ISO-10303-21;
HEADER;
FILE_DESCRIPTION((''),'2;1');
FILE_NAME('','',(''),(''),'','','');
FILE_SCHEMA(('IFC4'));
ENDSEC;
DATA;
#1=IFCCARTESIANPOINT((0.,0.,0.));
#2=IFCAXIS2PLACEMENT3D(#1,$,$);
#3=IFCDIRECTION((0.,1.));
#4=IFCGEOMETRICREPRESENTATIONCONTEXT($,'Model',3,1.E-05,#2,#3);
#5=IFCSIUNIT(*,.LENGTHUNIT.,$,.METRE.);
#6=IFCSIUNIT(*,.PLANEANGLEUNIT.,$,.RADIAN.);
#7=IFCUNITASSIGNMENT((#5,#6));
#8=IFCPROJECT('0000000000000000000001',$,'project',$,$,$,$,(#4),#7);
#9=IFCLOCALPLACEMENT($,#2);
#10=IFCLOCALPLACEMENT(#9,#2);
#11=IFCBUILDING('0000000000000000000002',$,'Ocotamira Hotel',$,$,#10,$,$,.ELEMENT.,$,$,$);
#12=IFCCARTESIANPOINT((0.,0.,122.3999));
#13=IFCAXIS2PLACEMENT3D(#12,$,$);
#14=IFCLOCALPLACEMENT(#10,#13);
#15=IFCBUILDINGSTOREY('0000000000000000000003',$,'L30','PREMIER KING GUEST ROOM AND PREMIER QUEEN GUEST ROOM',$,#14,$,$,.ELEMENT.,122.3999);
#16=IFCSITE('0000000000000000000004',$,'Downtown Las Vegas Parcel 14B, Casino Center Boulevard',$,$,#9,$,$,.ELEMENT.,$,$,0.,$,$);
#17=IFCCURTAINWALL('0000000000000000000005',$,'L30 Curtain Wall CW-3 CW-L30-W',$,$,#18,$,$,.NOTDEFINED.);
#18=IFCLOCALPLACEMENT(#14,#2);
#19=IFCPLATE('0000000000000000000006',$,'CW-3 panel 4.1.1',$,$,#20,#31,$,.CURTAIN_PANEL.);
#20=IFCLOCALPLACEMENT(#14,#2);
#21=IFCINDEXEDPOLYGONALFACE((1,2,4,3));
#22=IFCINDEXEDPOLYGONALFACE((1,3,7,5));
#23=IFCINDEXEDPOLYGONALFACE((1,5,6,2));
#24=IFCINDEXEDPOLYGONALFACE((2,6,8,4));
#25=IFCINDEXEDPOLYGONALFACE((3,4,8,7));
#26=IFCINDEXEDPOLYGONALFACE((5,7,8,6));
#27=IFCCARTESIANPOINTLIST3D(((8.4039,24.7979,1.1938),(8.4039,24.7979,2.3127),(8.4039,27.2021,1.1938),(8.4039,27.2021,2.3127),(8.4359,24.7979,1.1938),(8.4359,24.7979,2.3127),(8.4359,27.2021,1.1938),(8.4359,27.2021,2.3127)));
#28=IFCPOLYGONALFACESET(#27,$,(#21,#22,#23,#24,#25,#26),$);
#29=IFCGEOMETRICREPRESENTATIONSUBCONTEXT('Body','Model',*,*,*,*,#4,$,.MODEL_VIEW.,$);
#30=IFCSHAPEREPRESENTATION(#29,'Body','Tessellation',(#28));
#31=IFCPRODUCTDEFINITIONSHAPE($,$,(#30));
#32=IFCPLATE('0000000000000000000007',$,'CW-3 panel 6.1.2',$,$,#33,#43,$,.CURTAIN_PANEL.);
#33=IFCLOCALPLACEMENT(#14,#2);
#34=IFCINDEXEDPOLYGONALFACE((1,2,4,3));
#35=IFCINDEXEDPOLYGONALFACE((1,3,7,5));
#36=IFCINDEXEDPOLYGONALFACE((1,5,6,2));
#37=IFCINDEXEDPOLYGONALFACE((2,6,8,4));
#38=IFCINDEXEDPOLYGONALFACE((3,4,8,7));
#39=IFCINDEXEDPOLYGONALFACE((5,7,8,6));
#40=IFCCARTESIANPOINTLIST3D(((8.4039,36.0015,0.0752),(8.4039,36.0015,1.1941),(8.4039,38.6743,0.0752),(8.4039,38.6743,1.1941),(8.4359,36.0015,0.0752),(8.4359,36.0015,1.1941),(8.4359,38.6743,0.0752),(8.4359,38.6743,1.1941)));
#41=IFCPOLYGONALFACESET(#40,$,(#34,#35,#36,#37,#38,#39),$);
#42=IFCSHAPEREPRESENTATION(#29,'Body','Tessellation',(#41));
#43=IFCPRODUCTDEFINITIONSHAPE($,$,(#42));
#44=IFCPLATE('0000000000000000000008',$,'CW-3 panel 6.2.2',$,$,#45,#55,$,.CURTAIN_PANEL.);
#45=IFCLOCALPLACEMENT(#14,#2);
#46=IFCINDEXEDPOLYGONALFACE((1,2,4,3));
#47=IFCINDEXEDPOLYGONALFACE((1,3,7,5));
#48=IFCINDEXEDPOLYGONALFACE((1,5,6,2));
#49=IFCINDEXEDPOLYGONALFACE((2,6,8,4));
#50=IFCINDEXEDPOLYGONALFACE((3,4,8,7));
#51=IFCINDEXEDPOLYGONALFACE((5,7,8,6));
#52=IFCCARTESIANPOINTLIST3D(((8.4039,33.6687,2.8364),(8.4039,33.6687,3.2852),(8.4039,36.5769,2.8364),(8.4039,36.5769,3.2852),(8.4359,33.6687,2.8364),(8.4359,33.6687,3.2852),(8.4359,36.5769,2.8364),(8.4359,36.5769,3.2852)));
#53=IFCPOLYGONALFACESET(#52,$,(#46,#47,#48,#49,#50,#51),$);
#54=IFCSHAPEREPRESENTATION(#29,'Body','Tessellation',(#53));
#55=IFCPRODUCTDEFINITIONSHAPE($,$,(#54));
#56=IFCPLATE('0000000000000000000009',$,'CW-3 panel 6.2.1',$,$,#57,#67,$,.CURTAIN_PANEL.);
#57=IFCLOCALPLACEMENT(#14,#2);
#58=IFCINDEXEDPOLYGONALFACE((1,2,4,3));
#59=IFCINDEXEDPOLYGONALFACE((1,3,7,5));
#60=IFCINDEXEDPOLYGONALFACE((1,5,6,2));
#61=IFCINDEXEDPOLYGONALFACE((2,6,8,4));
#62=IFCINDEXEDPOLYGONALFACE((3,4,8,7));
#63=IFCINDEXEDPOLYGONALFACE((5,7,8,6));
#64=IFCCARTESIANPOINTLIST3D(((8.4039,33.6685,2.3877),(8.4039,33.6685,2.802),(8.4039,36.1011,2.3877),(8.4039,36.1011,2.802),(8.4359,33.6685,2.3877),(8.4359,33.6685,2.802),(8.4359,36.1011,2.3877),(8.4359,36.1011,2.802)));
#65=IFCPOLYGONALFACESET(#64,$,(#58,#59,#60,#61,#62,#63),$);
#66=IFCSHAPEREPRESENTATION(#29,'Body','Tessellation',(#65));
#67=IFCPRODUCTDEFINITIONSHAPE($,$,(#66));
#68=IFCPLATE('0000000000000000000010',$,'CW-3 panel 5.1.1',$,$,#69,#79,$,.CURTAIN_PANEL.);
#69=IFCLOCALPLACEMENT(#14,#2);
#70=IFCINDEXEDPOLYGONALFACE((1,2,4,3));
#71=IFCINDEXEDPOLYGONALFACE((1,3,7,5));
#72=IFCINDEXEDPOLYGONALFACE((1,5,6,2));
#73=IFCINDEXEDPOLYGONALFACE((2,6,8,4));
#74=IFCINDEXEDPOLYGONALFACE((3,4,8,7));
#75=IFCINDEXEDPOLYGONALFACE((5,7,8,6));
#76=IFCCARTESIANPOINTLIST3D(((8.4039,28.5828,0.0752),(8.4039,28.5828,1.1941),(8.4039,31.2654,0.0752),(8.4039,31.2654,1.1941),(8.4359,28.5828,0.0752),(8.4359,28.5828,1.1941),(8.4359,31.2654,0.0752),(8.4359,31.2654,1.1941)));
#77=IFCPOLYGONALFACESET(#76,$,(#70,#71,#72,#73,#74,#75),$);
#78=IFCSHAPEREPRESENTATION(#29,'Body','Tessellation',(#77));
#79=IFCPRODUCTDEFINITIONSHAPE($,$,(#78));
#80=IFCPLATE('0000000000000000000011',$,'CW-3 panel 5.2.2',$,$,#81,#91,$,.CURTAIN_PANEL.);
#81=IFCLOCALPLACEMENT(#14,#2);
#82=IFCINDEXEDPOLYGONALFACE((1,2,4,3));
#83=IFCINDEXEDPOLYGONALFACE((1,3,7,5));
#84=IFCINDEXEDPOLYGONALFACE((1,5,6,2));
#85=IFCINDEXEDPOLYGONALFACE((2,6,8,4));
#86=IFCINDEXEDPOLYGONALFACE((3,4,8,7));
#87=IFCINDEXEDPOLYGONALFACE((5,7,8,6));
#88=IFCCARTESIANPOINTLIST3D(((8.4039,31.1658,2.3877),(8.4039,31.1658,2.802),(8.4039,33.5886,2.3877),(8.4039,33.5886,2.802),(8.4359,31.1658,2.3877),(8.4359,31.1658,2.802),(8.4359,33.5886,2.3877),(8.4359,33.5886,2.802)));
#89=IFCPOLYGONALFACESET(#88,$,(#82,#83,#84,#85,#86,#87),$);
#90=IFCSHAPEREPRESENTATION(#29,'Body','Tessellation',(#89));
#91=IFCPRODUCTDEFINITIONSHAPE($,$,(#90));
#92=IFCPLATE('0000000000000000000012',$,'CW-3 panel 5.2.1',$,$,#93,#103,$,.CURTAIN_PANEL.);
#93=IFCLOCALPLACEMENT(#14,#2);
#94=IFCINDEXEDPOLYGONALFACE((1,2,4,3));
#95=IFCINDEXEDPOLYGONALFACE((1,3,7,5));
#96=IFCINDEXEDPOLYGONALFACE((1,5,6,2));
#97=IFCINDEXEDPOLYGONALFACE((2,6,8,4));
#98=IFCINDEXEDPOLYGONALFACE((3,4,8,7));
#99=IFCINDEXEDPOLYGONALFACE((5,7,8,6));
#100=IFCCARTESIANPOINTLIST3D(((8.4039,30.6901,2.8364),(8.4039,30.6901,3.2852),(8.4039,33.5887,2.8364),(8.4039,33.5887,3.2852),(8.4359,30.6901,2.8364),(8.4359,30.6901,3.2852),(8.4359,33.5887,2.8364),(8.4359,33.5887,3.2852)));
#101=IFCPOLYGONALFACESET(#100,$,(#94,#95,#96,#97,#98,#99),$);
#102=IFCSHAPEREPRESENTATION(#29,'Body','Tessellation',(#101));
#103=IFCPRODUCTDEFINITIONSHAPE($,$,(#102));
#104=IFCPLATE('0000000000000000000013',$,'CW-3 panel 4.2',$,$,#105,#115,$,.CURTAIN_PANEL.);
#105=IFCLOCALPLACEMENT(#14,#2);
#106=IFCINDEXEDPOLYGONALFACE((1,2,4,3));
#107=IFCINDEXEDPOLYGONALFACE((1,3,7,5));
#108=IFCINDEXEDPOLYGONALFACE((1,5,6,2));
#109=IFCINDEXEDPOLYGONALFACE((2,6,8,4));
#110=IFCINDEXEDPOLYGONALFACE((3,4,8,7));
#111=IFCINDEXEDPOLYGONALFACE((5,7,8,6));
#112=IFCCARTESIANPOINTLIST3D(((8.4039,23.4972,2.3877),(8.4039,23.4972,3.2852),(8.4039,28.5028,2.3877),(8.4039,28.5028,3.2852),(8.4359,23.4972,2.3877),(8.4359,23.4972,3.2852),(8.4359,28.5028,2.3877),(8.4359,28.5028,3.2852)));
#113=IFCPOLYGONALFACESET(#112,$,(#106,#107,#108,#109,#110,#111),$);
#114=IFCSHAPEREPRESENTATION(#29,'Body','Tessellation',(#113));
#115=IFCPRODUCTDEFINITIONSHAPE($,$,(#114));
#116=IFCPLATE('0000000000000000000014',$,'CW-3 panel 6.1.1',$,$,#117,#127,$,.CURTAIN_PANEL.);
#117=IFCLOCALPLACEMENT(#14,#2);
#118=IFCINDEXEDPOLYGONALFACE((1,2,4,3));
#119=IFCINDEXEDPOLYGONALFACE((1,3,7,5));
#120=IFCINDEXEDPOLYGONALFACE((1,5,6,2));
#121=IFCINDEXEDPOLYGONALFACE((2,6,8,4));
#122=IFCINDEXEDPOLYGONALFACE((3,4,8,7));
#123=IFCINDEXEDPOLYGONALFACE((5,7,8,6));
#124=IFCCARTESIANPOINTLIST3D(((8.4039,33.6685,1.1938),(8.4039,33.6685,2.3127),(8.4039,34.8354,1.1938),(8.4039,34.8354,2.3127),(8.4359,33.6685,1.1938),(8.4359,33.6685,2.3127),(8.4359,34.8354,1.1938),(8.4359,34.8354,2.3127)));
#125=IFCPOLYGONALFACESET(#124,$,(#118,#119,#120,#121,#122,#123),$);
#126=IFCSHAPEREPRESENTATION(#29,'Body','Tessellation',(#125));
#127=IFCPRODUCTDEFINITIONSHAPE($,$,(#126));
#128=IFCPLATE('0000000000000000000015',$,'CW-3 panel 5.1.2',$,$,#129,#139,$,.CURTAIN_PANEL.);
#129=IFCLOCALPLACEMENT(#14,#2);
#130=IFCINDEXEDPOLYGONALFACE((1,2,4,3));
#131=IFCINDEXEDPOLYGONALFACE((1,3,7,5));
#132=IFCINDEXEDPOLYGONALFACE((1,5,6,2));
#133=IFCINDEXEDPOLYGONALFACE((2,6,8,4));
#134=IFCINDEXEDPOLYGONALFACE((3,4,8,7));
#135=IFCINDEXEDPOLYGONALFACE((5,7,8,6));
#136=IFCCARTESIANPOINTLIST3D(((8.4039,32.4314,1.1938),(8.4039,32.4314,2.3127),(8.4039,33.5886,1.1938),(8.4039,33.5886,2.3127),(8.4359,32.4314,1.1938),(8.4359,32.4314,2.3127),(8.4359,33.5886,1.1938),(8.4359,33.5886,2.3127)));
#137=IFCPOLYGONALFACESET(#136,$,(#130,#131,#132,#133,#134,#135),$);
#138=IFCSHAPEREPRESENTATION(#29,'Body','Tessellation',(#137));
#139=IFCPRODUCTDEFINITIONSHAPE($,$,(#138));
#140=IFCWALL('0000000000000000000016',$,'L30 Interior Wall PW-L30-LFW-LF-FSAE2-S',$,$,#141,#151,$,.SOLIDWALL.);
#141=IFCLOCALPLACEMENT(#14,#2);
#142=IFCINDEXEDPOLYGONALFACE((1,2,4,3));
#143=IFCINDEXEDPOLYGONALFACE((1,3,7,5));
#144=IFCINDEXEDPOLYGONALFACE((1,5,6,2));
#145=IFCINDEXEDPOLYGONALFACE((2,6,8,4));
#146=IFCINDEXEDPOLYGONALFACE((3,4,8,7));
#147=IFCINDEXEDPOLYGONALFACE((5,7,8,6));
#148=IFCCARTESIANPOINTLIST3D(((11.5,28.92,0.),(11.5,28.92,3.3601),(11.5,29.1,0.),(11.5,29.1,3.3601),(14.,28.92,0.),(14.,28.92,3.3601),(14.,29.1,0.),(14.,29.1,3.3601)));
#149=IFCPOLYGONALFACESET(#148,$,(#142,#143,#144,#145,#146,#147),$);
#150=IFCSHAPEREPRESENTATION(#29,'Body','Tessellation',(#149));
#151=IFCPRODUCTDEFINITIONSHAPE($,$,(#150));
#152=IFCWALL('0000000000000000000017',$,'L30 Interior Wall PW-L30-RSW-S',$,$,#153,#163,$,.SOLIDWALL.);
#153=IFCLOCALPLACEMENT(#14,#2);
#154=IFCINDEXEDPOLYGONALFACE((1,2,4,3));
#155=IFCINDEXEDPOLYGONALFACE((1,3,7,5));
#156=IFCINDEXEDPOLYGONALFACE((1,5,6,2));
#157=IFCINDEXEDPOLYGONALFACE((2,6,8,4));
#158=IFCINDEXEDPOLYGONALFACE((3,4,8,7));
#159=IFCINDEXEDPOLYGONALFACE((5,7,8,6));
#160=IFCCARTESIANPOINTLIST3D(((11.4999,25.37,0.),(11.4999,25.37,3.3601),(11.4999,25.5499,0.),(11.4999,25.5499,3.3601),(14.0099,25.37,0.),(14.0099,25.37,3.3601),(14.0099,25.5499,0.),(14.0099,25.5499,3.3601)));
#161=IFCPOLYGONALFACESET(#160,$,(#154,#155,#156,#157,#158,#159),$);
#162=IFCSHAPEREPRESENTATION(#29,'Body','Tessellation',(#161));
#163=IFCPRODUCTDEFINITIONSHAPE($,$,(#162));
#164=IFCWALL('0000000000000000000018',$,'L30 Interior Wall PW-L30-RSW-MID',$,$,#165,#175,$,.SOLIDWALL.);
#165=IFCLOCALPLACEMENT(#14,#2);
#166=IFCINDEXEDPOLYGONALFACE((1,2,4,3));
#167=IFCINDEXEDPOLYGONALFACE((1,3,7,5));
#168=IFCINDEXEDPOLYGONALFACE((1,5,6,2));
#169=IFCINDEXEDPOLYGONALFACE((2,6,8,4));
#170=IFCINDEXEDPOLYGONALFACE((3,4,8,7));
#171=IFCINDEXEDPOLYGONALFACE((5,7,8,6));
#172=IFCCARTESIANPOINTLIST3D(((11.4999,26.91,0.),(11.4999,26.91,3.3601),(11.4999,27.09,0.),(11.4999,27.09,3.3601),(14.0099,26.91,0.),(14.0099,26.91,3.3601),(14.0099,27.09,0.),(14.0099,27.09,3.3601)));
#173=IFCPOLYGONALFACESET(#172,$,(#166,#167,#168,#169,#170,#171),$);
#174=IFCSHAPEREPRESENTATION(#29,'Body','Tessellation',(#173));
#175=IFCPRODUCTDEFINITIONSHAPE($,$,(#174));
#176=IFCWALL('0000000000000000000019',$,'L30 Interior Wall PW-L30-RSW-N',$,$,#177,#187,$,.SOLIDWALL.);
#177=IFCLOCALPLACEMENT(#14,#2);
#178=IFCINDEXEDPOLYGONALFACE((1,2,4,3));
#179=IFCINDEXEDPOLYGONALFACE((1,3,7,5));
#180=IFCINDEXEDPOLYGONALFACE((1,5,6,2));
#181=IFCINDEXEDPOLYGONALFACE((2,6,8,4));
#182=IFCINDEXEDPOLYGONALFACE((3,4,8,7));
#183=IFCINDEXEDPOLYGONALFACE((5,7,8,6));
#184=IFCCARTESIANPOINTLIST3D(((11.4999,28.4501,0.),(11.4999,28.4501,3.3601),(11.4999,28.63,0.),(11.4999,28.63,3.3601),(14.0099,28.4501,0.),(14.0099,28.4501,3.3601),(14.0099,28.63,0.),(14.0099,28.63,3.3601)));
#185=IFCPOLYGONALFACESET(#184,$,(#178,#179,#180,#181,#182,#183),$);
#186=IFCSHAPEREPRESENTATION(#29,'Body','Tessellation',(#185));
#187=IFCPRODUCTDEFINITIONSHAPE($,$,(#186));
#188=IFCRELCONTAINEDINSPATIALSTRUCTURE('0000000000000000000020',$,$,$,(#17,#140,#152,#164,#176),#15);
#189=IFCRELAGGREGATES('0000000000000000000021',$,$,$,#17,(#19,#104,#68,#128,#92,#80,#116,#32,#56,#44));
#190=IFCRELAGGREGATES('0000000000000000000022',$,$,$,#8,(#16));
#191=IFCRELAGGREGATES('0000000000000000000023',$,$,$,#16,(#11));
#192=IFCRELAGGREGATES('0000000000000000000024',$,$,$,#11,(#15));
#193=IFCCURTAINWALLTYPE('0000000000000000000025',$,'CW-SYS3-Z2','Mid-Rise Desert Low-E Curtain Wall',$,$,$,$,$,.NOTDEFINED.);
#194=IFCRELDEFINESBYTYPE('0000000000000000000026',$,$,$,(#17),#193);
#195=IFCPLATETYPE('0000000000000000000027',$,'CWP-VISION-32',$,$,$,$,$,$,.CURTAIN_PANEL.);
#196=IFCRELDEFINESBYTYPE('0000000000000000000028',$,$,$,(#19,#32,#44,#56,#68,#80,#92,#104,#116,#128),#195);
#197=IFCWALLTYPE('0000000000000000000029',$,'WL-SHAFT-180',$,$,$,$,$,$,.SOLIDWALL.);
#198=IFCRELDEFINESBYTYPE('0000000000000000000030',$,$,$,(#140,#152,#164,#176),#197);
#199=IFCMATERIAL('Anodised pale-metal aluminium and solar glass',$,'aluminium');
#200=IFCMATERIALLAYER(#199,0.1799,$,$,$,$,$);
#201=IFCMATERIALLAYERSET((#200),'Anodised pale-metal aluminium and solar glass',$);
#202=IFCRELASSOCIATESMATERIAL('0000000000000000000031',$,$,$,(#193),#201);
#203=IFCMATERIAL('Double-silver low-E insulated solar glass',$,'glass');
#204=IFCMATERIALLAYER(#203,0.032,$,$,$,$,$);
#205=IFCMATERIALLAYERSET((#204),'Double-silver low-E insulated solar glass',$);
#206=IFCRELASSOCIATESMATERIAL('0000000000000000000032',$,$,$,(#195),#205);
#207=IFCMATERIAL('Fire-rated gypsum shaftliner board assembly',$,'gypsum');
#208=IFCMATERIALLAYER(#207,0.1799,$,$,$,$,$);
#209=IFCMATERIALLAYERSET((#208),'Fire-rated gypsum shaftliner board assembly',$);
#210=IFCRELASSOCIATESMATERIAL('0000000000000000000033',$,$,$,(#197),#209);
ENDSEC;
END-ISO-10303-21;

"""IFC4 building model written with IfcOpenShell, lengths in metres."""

from ifc_helpers import new_model, si_unit, direction, frame, frame_2d, origin, origin_2d, place, context, subcontext, project, spatial, rectangle, extrude, source, transform, mapped, material, layer, layer_set, type_object, element, aggregate, save


model = new_model("IFC4")

# Units and contexts
model_context = context("Model", 3, precision=1e-05, world=origin(), true_north=direction((0.0, 1.0)))
body_context = subcontext(model_context, "Body", "Model", "MODEL_VIEW")
ifc_project = project(units=[si_unit("LENGTHUNIT", "METRE"), si_unit("PLANEANGLEUNIT", "RADIAN")], contexts=[model_context])

# Site, building, storey
site_placement = place(None, origin())
site = spatial("IfcSite", under=ifc_project, at=site_placement, Name="Downtown Las Vegas Parcel 14B, Casino Center Boulevard", CompositionType="ELEMENT", RefElevation=0.0)
building_placement = place(site_placement, origin())
building = spatial("IfcBuilding", under=site, at=building_placement, Name="Ocotamira Hotel", CompositionType="ELEMENT")
storey_placement = place(building_placement, frame((0.0, 0.0, 122.3999)))
storey = spatial("IfcBuildingStorey", under=building, at=storey_placement, Name="L30", Description="PREMIER KING GUEST ROOM AND PREMIER QUEEN GUEST ROOM", CompositionType="ELEMENT", Elevation=122.3999)

# Curtain wall
ifc_material_1 = material(Name="Anodised pale-metal aluminium and solar glass", Category="aluminium")
ifc_layer_1 = layer(ifc_material_1, 0.1799)
ifc_layer_set_1 = layer_set([ifc_layer_1], Name="Anodised pale-metal aluminium and solar glass")
curtain_wall_type = type_object("IfcCurtainWallType", Name="CW-SYS3-Z2", Description="Mid-Rise Desert Low-E Curtain Wall", PredefinedType="NOTDEFINED", material=ifc_layer_set_1)
curtain_wall_placement = place(storey_placement, origin())
curtain_wall = element("IfcCurtainWall", 1, at=curtain_wall_placement, inside=storey, type_object=curtain_wall_type, Name="L30 Curtain Wall CW-3 CW-L30-W", PredefinedType="NOTDEFINED")

# Plates
ifc_material_2 = material(Name="Double-silver low-E insulated solar glass", Category="glass")
ifc_layer_2 = layer(ifc_material_2, 0.032)
ifc_layer_set_2 = layer_set([ifc_layer_2], Name="Double-silver low-E insulated solar glass")
plate_type_1 = type_object("IfcPlateType", Name="CWP-VISION-32", PredefinedType="CURTAIN_PANEL", material=ifc_layer_set_2)
shared_shape_1 = source(origin(), body_context, "Body", "SweptSolid", [
    extrude(rectangle(XDim=2.4043, YDim=0.032, at=origin_2d()), origin(), (0.0, 0.0, 1.0), 1.1189),
])
plate_1_placement = place(storey_placement, frame((8.4199, 26.0, 1.1938), z_axis=(0.0, 0.0, 1.0), x_axis=(0.0, 1.0, 0.0)))
plate_1 = element("IfcPlate", 2, at=plate_1_placement, type_object=plate_type_1, Name="CW-3 panel 4.1.1", PredefinedType="CURTAIN_PANEL", context=body_context, shape_type="MappedRepresentation", body=[
    mapped(shared_shape_1, transform((0.0, 0.0, 0.0), scale=1.0)),
])
shared_shape_2 = source(origin(), body_context, "Body", "SweptSolid", [
    extrude(rectangle(XDim=2.6729, YDim=0.032, at=origin_2d()), origin(), (0.0, 0.0, 1.0), 1.1189),
])
plate_2_placement = place(storey_placement, frame((8.4199, 37.3379, 0.0752), z_axis=(0.0, 0.0, 1.0), x_axis=(0.0, 1.0, 0.0)))
plate_2 = element("IfcPlate", 3, at=plate_2_placement, type_object=plate_type_1, Name="CW-3 panel 6.1.2", PredefinedType="CURTAIN_PANEL", context=body_context, shape_type="MappedRepresentation", body=[
    mapped(shared_shape_2, transform((0.0, 0.0, 0.0), scale=1.0)),
])
shared_shape_3 = source(origin(), body_context, "Body", "SweptSolid", [
    extrude(rectangle(XDim=2.9082, YDim=0.032, at=origin_2d()), origin(), (0.0, 0.0, 1.0), 0.4487),
])
plate_3_placement = place(storey_placement, frame((8.4199, 35.1228, 2.8364), z_axis=(0.0, 0.0, 1.0), x_axis=(0.0, 1.0, 0.0)))
plate_3 = element("IfcPlate", 4, at=plate_3_placement, type_object=plate_type_1, Name="CW-3 panel 6.2.2", PredefinedType="CURTAIN_PANEL", context=body_context, shape_type="MappedRepresentation", body=[
    mapped(shared_shape_3, transform((0.0, 0.0, 0.0), scale=1.0)),
])
shared_shape_4 = source(origin(), body_context, "Body", "SweptSolid", [
    extrude(rectangle(XDim=2.4326, YDim=0.032, at=origin_2d()), origin(), (0.0, 0.0, 1.0), 0.4143),
])
plate_4_placement = place(storey_placement, frame((8.4199, 34.8848, 2.3877), z_axis=(0.0, 0.0, 1.0), x_axis=(0.0, 1.0, 0.0)))
plate_4 = element("IfcPlate", 5, at=plate_4_placement, type_object=plate_type_1, Name="CW-3 panel 6.2.1", PredefinedType="CURTAIN_PANEL", context=body_context, shape_type="MappedRepresentation", body=[
    mapped(shared_shape_4, transform((0.0, 0.0, 0.0), scale=1.0)),
])
shared_shape_5 = source(origin(), body_context, "Body", "SweptSolid", [
    extrude(rectangle(XDim=2.6826, YDim=0.032, at=origin_2d()), origin(), (0.0, 0.0, 1.0), 1.1189),
])
plate_5_placement = place(storey_placement, frame((8.4199, 29.9241, 0.0752), z_axis=(0.0, 0.0, 1.0), x_axis=(0.0, 1.0, 0.0)))
plate_5 = element("IfcPlate", 6, at=plate_5_placement, type_object=plate_type_1, Name="CW-3 panel 5.1.1", PredefinedType="CURTAIN_PANEL", context=body_context, shape_type="MappedRepresentation", body=[
    mapped(shared_shape_5, transform((0.0, 0.0, 0.0), scale=1.0)),
])
shared_shape_6 = source(origin(), body_context, "Body", "SweptSolid", [
    extrude(rectangle(XDim=2.4229, YDim=0.032, at=origin_2d()), origin(), (0.0, 0.0, 1.0), 0.4143),
])
plate_6_placement = place(storey_placement, frame((8.4199, 32.3772, 2.3877), z_axis=(0.0, 0.0, 1.0), x_axis=(0.0, 1.0, 0.0)))
plate_6 = element("IfcPlate", 7, at=plate_6_placement, type_object=plate_type_1, Name="CW-3 panel 5.2.2", PredefinedType="CURTAIN_PANEL", context=body_context, shape_type="MappedRepresentation", body=[
    mapped(shared_shape_6, transform((0.0, 0.0, 0.0), scale=1.0)),
])
shared_shape_7 = source(origin(), body_context, "Body", "SweptSolid", [
    extrude(rectangle(XDim=2.8987, YDim=0.032, at=origin_2d()), origin(), (0.0, 0.0, 1.0), 0.4487),
])
plate_7_placement = place(storey_placement, frame((8.4199, 32.1394, 2.8364), z_axis=(0.0, 0.0, 1.0), x_axis=(0.0, 1.0, 0.0)))
plate_7 = element("IfcPlate", 8, at=plate_7_placement, type_object=plate_type_1, Name="CW-3 panel 5.2.1", PredefinedType="CURTAIN_PANEL", context=body_context, shape_type="MappedRepresentation", body=[
    mapped(shared_shape_7, transform((0.0, 0.0, 0.0), scale=1.0)),
])
shared_shape_8 = source(origin(), body_context, "Body", "SweptSolid", [
    extrude(rectangle(XDim=5.0056, YDim=0.032, at=origin_2d()), origin(), (0.0, 0.0, 1.0), 0.8975),
])
plate_8_placement = place(storey_placement, frame((8.4199, 26.0, 2.3877), z_axis=(0.0, 0.0, 1.0), x_axis=(0.0, 1.0, 0.0)))
plate_8 = element("IfcPlate", 9, at=plate_8_placement, type_object=plate_type_1, Name="CW-3 panel 4.2", PredefinedType="CURTAIN_PANEL", context=body_context, shape_type="MappedRepresentation", body=[
    mapped(shared_shape_8, transform((0.0, 0.0, 0.0), scale=1.0)),
])
shared_shape_9 = source(origin(), body_context, "Body", "SweptSolid", [
    extrude(rectangle(XDim=1.167, YDim=0.032, at=origin_2d()), origin(), (0.0, 0.0, 1.0), 1.1189),
])
plate_9_placement = place(storey_placement, frame((8.4199, 34.252, 1.1938), z_axis=(0.0, 0.0, 1.0), x_axis=(0.0, 1.0, 0.0)))
plate_9 = element("IfcPlate", 10, at=plate_9_placement, type_object=plate_type_1, Name="CW-3 panel 6.1.1", PredefinedType="CURTAIN_PANEL", context=body_context, shape_type="MappedRepresentation", body=[
    mapped(shared_shape_9, transform((0.0, 0.0, 0.0), scale=1.0)),
])
shared_shape_10 = source(origin(), body_context, "Body", "SweptSolid", [
    extrude(rectangle(XDim=1.1572, YDim=0.032, at=origin_2d()), origin(), (0.0, 0.0, 1.0), 1.1189),
])
plate_10_placement = place(storey_placement, frame((8.4199, 33.01, 1.1938), z_axis=(0.0, 0.0, 1.0), x_axis=(0.0, 1.0, 0.0)))
plate_10 = element("IfcPlate", 11, at=plate_10_placement, type_object=plate_type_1, Name="CW-3 panel 5.1.2", PredefinedType="CURTAIN_PANEL", context=body_context, shape_type="MappedRepresentation", body=[
    mapped(shared_shape_10, transform((0.0, 0.0, 0.0), scale=1.0)),
])
aggregate(curtain_wall, [plate_1, plate_8, plate_5, plate_10, plate_7, plate_6, plate_9, plate_2, plate_4, plate_3])

# Walls
ifc_material_3 = material(Name="Fire-rated gypsum shaftliner board assembly", Category="gypsum")
ifc_layer_3 = layer(ifc_material_3, 0.1799)
ifc_layer_set_3 = layer_set([ifc_layer_3], Name="Fire-rated gypsum shaftliner board assembly")
wall_type_1 = type_object("IfcWallType", Name="WL-SHAFT-180", PredefinedType="SOLIDWALL", material=ifc_layer_set_3)
wall_1_placement = place(storey_placement, frame((11.5, 29.01, 0.0), z_axis=(0.0, 0.0, 1.0), x_axis=(1.0, 0.0, 0.0)))
element("IfcWall", 12, at=wall_1_placement, inside=storey, type_object=wall_type_1, Name="L30 Interior Wall PW-L30-LFW-LF-FSAE2-S", PredefinedType="SOLIDWALL", context=body_context, shape_type="SweptSolid", body=[
    extrude(rectangle(XDim=2.5, YDim=0.1799, at=frame_2d((1.25, 0.0))), origin(), (0.0, 0.0, 1.0), 3.3601),
])
for number, where, z_axis, x_axis, name in (
    (13, (11.5, 25.46, 0.0), (0.0, 0.0, 1.0), (1.0, 0.0, 0.0), "L30 Interior Wall PW-L30-RSW-S"),
    (14, (11.5, 27.0, 0.0), (0.0, 0.0, 1.0), (1.0, 0.0, 0.0), "L30 Interior Wall PW-L30-RSW-MID"),
    (15, (11.5, 28.54, 0.0), (0.0, 0.0, 1.0), (1.0, 0.0, 0.0), "L30 Interior Wall PW-L30-RSW-N"),
):
    element("IfcWall", number, at=place(storey_placement, frame(where, z_axis=z_axis, x_axis=x_axis)), inside=storey, type_object=wall_type_1, Name=name, PredefinedType="SOLIDWALL", context=body_context, shape_type="SweptSolid", body=[
        extrude(rectangle(XDim=2.51, YDim=0.1799, at=frame_2d((1.2549, 0.0))), origin(), (0.0, 0.0, 1.0), 3.3601),
    ])

save(model, "model.ifc")
